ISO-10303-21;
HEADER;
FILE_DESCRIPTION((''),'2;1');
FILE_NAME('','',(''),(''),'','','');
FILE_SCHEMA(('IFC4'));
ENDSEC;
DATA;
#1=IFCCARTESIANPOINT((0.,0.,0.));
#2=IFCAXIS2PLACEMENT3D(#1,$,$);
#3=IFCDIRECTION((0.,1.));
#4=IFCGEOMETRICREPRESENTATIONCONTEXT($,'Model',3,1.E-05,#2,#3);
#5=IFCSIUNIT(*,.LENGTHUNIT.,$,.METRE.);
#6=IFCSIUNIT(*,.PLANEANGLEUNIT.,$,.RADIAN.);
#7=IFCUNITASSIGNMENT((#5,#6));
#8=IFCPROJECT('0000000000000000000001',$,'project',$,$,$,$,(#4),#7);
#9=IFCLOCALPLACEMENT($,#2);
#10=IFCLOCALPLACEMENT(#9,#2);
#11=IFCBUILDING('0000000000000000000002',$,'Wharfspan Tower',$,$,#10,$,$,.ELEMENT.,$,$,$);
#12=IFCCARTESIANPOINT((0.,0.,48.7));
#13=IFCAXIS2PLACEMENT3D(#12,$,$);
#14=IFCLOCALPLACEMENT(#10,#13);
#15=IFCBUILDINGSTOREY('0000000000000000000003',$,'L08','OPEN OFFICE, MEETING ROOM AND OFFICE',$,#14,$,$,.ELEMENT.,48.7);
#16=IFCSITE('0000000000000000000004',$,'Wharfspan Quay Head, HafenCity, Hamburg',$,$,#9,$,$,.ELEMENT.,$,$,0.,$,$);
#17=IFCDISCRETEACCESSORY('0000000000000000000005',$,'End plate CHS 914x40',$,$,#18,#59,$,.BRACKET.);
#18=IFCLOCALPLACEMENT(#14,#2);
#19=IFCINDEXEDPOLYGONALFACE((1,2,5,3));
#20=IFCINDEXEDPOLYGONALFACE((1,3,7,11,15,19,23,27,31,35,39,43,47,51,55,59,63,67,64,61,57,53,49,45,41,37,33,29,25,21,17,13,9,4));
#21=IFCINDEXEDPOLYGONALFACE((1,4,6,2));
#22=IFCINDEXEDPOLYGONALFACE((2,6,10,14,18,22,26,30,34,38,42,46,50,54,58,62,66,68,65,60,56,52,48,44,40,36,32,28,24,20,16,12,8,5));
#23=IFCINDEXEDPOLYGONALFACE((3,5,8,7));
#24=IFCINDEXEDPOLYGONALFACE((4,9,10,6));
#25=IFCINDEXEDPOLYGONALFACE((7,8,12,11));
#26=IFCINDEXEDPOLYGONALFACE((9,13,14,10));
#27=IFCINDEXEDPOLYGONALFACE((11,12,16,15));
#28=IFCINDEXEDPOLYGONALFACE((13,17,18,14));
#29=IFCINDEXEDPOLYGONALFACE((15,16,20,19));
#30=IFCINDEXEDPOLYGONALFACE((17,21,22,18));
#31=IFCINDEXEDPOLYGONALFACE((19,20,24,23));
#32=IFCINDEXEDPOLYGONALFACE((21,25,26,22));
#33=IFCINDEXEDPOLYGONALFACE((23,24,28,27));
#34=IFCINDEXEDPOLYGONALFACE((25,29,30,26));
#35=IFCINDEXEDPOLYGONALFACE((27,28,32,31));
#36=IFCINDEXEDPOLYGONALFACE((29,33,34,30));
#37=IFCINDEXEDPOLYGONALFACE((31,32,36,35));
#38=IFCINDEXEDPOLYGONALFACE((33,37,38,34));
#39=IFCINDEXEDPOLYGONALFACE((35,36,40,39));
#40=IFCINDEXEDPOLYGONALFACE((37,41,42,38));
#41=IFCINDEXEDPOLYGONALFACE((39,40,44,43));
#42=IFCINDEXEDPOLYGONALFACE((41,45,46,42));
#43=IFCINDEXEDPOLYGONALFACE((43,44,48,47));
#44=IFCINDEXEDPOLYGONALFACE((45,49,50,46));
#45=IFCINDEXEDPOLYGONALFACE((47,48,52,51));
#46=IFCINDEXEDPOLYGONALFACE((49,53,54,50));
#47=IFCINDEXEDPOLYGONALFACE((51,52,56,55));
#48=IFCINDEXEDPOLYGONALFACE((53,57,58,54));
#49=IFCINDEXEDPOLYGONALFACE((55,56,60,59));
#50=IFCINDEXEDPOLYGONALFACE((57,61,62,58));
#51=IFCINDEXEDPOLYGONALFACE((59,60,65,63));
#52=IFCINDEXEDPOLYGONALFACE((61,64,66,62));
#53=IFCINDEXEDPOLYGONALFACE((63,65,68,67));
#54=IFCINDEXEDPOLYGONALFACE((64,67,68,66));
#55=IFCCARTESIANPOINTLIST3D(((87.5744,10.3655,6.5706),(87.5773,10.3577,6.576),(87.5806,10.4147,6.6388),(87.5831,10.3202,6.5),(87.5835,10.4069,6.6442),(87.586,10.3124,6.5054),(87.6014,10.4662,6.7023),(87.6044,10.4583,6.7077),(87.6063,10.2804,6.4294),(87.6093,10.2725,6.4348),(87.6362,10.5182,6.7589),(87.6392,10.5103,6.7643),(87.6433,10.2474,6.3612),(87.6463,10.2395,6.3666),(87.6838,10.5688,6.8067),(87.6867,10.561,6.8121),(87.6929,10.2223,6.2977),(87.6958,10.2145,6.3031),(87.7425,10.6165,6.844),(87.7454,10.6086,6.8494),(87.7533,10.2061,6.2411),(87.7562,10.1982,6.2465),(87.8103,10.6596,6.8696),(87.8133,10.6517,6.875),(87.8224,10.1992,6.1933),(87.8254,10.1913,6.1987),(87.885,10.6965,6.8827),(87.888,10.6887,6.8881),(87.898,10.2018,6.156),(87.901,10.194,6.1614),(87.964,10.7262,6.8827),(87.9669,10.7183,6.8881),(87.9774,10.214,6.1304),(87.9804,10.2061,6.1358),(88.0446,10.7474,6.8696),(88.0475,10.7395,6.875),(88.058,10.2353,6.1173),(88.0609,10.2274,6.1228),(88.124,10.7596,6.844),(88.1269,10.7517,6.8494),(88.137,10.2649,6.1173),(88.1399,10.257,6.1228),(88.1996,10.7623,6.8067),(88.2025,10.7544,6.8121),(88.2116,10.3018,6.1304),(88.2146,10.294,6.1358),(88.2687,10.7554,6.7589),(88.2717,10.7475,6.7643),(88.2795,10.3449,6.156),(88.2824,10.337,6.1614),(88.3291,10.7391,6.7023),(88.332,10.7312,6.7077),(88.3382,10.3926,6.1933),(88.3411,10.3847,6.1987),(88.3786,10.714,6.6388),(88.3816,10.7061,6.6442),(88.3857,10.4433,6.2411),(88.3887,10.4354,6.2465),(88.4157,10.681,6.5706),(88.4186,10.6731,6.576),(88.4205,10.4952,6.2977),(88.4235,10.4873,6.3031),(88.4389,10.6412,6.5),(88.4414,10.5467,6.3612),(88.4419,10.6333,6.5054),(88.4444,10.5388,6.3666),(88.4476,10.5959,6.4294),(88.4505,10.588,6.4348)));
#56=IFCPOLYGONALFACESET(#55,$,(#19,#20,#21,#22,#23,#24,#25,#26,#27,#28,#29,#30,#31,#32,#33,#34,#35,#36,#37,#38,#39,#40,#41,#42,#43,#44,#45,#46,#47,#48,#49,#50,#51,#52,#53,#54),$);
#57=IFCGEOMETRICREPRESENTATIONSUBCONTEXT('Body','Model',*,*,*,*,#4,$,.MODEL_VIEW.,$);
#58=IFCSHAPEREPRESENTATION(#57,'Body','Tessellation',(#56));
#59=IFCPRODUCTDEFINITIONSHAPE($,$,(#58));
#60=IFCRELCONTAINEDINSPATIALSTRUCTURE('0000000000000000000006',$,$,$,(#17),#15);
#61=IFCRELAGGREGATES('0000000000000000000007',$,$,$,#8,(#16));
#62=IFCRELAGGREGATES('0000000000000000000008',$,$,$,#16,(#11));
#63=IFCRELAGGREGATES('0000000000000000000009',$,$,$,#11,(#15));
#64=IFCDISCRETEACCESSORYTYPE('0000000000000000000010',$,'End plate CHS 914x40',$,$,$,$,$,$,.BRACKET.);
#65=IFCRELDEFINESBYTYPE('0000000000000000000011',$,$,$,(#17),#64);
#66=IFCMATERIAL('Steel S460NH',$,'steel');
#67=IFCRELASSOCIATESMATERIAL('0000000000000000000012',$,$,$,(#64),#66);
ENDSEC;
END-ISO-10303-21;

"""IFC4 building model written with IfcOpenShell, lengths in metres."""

from ifc_helpers import new_model, si_unit, direction, frame, origin, origin_2d, place, context, subcontext, project, spatial, circle, extrude, material, material_profile, profile_set, type_object, element, save


model = new_model("IFC4")

# Units and contexts
model_context = context("Model", 3, precision=1e-05, world=origin(), true_north=direction((0.0, 1.0)))
body_context = subcontext(model_context, "Body", "Model", "MODEL_VIEW")
ifc_project = project(units=[si_unit("LENGTHUNIT", "METRE"), si_unit("PLANEANGLEUNIT", "RADIAN")], contexts=[model_context])

# Site, building, storey
site_placement = place(None, origin())
site = spatial("IfcSite", under=ifc_project, at=site_placement, Name="Wharfspan Quay Head, HafenCity, Hamburg", CompositionType="ELEMENT", RefElevation=0.0)
building_placement = place(site_placement, origin())
building = spatial("IfcBuilding", under=site, at=building_placement, Name="Wharfspan Tower", CompositionType="ELEMENT")
storey_placement = place(building_placement, frame((0.0, 0.0, 48.7)))
storey = spatial("IfcBuildingStorey", under=building, at=storey_placement, Name="L08", Description="OPEN OFFICE, MEETING ROOM AND OFFICE", CompositionType="ELEMENT", Elevation=48.7)

# Discrete accessory
ifc_material_1 = material(Name="Steel S460NH", Category="steel")
ifc_material_profile_1 = material_profile(ifc_material_1, circle(Radius=0.457, at=origin_2d()))
ifc_profile_set_1 = profile_set([ifc_material_profile_1], Name="Steel S460NH")
discrete_accessory_type = type_object("IfcDiscreteAccessoryType", Name="End plate CHS 914x40", PredefinedType="BRACKET", material=ifc_profile_set_1)
discrete_accessory_placement = place(storey_placement, frame((88.011, 10.4807, 6.5), z_axis=(0.295241, -0.787309, 0.541275), x_axis=(0.936333, 0.351125, 0.0)))
element("IfcDiscreteAccessory", 1, at=discrete_accessory_placement, inside=storey, type_object=discrete_accessory_type, Name="End plate CHS 914x40", PredefinedType="BRACKET", context=body_context, shape_type="SweptSolid", body=[
    extrude(circle(Radius=0.457, at=origin_2d()), origin(), (0.0, 0.0, 1.0), 0.01),
])

save(model, "model.ifc")
